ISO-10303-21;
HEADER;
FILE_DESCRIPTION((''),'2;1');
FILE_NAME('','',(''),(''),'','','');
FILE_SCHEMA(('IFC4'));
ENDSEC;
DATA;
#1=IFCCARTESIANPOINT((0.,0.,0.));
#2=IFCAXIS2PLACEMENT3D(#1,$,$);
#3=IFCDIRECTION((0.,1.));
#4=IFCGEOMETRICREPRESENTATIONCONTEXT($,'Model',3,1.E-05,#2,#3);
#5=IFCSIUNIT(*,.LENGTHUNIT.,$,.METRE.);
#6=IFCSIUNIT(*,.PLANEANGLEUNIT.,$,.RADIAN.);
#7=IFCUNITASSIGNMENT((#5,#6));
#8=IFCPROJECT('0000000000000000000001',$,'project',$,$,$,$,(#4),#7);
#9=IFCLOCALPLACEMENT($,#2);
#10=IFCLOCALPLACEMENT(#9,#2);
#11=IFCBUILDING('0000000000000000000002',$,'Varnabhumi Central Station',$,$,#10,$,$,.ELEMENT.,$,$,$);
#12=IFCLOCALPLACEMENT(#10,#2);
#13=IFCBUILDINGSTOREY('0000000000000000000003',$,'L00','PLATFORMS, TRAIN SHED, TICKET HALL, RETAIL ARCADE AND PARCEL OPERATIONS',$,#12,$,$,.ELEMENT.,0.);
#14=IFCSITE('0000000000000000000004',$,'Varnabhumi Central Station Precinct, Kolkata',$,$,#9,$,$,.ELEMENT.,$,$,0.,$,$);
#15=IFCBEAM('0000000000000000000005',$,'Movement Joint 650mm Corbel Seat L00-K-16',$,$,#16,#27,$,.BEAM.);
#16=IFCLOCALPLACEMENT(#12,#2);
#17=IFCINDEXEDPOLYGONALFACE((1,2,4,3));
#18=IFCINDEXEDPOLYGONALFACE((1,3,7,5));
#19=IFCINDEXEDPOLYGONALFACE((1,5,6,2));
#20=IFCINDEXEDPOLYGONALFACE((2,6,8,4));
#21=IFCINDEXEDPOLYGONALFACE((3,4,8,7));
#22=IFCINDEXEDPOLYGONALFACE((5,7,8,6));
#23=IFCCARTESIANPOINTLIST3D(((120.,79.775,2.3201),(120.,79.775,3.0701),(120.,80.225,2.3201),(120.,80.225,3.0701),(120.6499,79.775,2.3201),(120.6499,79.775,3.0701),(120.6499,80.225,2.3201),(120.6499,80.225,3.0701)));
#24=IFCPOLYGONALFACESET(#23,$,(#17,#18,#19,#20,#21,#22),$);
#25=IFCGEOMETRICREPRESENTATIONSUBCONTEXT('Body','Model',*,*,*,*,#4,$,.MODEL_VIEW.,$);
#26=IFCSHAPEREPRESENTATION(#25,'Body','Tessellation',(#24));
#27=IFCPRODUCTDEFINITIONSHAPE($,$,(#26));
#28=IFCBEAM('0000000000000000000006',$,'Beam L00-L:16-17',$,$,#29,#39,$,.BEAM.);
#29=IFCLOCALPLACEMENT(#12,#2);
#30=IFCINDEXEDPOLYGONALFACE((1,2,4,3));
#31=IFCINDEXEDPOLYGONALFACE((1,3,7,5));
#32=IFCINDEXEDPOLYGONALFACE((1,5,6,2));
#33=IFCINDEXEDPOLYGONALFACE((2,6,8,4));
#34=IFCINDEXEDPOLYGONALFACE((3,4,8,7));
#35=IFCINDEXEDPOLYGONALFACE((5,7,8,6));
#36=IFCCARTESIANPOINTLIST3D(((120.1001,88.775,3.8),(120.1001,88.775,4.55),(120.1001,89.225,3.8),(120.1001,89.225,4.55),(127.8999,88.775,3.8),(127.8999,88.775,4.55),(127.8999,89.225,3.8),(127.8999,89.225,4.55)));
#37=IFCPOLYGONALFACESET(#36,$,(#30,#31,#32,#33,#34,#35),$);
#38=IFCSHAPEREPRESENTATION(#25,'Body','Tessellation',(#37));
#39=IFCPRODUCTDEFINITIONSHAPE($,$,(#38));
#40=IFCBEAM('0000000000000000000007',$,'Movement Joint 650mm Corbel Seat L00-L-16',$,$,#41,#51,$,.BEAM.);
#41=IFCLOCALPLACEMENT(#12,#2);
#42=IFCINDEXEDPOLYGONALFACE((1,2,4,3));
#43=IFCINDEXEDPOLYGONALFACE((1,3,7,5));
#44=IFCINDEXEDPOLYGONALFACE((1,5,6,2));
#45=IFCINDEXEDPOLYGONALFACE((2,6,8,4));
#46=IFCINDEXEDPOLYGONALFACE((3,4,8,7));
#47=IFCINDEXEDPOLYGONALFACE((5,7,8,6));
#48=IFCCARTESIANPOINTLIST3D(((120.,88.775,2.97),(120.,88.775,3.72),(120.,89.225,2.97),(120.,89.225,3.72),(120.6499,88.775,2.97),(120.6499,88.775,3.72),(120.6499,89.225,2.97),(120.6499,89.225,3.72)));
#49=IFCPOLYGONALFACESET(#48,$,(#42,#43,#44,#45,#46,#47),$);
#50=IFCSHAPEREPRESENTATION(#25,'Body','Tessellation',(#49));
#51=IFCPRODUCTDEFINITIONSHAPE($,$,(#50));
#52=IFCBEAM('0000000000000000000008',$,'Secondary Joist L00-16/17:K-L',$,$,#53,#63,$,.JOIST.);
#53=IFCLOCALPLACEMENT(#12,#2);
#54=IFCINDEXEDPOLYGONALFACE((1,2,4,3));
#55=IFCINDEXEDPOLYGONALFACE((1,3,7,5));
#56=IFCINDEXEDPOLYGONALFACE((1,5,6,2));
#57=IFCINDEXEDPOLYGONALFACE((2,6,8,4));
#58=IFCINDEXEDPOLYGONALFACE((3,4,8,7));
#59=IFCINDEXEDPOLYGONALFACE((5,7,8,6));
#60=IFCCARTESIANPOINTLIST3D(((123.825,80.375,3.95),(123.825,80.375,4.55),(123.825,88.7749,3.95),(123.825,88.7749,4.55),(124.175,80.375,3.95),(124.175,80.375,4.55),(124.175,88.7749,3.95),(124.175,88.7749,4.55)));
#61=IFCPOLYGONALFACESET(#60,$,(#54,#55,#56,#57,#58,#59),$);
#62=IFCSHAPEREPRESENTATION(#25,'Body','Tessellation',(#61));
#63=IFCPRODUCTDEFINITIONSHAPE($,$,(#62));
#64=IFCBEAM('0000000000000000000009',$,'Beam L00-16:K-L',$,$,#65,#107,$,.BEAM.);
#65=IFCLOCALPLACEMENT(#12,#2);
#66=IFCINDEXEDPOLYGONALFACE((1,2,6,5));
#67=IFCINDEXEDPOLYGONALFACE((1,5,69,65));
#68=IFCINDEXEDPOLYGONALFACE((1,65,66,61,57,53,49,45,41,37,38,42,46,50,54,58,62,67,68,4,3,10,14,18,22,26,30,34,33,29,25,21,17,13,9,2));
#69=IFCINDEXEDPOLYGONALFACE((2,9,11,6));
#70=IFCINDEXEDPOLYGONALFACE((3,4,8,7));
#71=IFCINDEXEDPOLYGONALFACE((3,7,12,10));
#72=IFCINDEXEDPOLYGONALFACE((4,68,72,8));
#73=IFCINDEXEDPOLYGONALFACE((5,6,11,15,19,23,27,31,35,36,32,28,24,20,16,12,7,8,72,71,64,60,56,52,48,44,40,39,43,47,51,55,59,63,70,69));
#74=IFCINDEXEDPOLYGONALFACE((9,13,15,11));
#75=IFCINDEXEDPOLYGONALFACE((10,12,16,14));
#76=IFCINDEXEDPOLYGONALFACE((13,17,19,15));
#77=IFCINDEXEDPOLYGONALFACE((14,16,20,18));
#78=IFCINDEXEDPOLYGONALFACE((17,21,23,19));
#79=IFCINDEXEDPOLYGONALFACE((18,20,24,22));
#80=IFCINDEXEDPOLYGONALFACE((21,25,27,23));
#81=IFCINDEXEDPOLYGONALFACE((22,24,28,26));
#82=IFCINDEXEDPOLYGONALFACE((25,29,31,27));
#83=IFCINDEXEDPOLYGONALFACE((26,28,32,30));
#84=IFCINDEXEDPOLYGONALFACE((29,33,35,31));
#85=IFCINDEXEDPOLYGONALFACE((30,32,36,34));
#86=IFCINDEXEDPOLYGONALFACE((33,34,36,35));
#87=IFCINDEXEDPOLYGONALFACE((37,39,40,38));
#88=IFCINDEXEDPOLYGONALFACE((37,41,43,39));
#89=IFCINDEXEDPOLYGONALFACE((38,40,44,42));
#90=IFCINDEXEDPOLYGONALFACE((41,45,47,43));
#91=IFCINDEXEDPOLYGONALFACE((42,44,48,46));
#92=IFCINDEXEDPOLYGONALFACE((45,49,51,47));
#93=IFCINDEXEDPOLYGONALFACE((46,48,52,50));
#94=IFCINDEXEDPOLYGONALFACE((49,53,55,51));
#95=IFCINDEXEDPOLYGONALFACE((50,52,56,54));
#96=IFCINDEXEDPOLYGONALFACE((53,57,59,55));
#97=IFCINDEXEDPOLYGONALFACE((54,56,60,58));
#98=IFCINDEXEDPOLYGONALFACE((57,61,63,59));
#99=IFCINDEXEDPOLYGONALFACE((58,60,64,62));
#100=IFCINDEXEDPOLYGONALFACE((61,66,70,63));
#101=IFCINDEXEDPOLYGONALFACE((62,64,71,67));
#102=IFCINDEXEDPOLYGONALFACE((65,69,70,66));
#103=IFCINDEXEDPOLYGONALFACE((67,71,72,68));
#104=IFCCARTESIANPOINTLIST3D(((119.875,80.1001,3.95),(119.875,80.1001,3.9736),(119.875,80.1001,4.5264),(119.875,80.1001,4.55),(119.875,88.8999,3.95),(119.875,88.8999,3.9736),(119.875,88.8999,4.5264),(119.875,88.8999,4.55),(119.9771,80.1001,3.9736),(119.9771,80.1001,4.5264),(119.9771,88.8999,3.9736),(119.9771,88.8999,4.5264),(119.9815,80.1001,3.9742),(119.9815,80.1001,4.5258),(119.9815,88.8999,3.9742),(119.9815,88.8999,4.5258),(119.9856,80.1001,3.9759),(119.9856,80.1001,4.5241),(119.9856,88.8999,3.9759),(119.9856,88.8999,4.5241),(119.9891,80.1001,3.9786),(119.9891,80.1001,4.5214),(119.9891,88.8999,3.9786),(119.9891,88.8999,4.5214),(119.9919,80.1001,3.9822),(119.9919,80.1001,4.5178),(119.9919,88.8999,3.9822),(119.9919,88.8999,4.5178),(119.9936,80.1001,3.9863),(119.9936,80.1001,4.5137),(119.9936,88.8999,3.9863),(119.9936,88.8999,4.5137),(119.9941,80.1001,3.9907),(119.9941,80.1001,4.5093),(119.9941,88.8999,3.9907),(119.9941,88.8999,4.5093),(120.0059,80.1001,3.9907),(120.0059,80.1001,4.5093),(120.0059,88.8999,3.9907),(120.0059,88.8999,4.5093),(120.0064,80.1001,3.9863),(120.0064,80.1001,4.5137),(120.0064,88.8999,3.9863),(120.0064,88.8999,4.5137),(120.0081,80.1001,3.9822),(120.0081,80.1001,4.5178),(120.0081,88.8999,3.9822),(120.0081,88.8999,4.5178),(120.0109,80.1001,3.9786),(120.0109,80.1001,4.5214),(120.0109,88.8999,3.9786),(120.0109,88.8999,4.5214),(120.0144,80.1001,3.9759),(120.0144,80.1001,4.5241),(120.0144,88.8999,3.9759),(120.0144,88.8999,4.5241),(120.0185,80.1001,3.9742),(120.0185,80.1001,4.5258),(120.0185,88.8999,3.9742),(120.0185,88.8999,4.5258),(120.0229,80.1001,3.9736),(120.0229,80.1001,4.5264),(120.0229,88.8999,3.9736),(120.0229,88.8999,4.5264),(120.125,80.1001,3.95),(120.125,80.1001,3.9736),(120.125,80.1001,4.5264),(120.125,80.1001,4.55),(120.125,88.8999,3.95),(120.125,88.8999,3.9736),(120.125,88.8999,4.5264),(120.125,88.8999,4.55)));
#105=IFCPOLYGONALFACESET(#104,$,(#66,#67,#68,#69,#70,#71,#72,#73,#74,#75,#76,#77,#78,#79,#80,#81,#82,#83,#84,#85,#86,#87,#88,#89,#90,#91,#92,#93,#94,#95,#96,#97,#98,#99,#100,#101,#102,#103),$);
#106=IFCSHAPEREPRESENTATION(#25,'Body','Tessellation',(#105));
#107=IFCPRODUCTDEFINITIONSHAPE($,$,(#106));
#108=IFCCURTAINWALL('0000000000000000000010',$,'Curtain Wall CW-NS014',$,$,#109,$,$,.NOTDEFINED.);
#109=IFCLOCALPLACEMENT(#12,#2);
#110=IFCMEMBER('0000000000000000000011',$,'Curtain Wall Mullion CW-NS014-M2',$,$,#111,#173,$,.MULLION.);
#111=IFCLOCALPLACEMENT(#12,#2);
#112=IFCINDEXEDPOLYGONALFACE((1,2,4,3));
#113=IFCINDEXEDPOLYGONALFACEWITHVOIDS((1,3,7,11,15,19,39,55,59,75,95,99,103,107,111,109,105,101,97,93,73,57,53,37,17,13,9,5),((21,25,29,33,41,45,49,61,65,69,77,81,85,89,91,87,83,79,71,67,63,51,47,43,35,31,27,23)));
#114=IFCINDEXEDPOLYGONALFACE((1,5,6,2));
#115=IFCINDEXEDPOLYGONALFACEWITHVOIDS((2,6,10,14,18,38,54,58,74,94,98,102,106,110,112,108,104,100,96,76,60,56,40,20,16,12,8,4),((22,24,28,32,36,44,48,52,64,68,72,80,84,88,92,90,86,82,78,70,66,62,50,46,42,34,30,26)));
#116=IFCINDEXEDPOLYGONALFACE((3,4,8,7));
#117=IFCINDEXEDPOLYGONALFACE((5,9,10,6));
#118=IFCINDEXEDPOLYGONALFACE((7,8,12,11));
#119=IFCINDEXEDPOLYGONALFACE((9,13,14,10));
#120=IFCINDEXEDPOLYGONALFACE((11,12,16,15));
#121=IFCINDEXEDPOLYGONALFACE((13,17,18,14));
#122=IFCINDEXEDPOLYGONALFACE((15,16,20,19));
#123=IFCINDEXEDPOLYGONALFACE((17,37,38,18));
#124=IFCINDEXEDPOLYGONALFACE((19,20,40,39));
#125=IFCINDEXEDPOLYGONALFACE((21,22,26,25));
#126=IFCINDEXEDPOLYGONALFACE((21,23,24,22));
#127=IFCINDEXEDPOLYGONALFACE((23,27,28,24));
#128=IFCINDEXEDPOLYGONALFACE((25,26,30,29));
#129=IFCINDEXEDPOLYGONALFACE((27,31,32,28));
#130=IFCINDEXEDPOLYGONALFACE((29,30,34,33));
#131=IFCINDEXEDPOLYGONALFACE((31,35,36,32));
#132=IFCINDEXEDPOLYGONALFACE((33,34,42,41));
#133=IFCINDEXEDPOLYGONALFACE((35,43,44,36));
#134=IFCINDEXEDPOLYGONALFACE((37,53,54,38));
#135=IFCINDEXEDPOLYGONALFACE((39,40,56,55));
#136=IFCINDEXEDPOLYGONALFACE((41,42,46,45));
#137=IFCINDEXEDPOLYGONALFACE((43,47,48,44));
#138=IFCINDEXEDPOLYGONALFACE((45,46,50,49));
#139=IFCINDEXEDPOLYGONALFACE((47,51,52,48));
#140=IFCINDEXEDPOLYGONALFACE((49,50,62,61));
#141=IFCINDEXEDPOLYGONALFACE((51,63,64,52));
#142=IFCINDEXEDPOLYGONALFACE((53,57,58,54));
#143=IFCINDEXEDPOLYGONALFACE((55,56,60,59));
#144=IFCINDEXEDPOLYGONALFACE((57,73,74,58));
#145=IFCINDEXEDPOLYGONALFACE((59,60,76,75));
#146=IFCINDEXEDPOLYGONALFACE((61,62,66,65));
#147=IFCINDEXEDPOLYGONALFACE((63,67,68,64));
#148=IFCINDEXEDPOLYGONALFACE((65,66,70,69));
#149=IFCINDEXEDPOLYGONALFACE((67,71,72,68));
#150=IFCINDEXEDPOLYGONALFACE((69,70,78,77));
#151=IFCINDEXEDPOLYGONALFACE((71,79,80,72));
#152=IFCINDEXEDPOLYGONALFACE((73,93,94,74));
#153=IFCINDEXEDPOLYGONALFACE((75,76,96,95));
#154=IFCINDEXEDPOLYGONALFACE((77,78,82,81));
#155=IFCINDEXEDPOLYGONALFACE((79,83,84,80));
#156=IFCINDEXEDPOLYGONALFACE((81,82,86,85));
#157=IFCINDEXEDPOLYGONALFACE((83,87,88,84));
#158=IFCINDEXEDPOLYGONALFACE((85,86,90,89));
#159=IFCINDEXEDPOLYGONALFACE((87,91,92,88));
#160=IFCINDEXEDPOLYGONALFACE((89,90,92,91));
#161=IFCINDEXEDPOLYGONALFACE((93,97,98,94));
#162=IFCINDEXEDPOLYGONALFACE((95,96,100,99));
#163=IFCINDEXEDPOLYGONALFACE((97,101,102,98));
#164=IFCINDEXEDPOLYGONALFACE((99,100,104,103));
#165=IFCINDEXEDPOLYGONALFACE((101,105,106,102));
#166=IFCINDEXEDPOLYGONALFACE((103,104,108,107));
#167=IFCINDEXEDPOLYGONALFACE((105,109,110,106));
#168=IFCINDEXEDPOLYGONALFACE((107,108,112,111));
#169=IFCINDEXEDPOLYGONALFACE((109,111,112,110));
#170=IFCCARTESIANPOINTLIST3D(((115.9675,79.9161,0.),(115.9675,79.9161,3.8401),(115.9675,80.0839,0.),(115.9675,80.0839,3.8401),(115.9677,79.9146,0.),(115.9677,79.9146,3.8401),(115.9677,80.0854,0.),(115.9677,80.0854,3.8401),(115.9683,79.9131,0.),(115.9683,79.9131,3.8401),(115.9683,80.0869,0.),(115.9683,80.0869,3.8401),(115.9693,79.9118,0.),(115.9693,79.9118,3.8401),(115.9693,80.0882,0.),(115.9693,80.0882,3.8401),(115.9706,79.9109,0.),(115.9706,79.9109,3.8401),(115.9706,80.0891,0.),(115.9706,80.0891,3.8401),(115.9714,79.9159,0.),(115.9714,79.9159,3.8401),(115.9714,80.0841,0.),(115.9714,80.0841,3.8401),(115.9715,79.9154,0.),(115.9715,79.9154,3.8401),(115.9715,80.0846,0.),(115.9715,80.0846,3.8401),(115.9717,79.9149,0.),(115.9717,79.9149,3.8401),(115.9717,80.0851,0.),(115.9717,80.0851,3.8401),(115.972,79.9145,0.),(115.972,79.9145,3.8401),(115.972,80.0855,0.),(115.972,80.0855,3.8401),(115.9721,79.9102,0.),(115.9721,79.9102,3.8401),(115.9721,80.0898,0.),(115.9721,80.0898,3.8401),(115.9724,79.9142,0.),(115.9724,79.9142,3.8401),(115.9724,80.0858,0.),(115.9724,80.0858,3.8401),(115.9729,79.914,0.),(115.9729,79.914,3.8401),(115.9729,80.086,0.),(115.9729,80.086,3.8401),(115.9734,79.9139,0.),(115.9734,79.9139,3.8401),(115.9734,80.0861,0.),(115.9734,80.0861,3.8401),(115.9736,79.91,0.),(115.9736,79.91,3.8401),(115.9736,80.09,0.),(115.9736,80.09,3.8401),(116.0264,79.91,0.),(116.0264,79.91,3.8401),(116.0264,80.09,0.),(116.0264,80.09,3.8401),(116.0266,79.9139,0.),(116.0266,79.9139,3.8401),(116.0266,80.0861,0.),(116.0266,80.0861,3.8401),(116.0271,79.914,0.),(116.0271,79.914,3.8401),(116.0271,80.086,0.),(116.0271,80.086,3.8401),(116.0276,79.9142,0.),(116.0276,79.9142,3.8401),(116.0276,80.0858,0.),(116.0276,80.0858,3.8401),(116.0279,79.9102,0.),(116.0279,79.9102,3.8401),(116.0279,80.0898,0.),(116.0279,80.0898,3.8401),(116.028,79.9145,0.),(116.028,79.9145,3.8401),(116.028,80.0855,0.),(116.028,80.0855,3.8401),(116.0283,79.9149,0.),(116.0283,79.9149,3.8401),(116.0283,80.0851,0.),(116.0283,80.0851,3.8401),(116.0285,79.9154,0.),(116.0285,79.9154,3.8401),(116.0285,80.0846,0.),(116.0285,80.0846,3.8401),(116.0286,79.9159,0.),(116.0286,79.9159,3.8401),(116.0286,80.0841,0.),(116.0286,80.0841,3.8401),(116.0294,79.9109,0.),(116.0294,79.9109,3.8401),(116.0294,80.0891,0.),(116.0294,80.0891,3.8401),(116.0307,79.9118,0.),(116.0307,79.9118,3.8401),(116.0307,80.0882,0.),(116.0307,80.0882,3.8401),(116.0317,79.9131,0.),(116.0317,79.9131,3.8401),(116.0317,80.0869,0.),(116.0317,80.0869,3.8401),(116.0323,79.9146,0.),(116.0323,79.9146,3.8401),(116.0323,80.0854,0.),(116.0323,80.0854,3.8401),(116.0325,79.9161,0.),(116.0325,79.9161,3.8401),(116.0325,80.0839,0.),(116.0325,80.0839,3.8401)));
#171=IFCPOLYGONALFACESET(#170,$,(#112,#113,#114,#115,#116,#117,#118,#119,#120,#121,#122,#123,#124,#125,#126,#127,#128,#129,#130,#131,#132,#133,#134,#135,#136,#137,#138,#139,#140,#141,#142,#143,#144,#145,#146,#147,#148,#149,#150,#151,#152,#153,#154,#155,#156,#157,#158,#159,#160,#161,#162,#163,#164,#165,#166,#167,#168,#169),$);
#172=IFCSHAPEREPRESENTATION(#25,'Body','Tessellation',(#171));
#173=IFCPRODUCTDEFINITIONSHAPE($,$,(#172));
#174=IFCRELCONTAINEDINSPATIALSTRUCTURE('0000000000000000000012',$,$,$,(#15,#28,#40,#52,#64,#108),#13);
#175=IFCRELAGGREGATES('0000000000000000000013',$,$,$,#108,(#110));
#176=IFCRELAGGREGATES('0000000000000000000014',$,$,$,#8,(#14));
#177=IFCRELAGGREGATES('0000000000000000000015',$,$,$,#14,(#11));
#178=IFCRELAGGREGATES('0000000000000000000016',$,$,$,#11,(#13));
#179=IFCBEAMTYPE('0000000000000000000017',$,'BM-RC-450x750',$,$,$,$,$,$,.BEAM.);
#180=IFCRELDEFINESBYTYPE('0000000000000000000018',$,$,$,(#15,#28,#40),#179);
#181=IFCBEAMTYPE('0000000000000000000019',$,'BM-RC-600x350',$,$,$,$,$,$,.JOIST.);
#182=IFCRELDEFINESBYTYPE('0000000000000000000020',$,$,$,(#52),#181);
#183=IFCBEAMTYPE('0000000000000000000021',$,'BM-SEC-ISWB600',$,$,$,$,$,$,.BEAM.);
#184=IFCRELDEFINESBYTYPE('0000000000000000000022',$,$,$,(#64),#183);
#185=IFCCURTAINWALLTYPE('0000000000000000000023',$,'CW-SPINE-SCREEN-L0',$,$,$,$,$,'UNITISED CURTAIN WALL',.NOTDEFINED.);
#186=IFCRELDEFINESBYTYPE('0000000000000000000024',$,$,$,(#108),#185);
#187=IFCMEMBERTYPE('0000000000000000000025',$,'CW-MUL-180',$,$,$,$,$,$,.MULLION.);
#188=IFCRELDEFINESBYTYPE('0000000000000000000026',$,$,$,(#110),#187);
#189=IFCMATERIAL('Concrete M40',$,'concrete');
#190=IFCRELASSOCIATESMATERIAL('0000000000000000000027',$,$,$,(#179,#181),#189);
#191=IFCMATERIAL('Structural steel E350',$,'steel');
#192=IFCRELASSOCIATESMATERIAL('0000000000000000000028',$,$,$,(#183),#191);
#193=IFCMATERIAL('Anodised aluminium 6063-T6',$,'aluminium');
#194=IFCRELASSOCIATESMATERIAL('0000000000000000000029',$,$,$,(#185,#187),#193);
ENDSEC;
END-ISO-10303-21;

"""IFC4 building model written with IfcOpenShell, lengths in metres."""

from ifc_helpers import new_model, si_unit, direction, frame, origin, origin_2d, place, context, subcontext, project, spatial, rectangle, hollow_rectangle, i_section, extrude, material, material_profile, profile_set, type_object, element, aggregate, save


model = new_model("IFC4")

# Units and contexts
model_context = context("Model", 3, precision=1e-05, world=origin(), true_north=direction((0.0, 1.0)))
body_context = subcontext(model_context, "Body", "Model", "MODEL_VIEW")
ifc_project = project(units=[si_unit("LENGTHUNIT", "METRE"), si_unit("PLANEANGLEUNIT", "RADIAN")], contexts=[model_context])

# Site, building, storey
site_placement = place(None, origin())
site = spatial("IfcSite", under=ifc_project, at=site_placement, Name="Varnabhumi Central Station Precinct, Kolkata", CompositionType="ELEMENT", RefElevation=0.0)
building_placement = place(site_placement, origin())
building = spatial("IfcBuilding", under=site, at=building_placement, Name="Varnabhumi Central Station", CompositionType="ELEMENT")
storey_placement = place(building_placement, origin())
storey = spatial("IfcBuildingStorey", under=building, at=storey_placement, Name="L00", Description="PLATFORMS, TRAIN SHED, TICKET HALL, RETAIL ARCADE AND PARCEL OPERATIONS", CompositionType="ELEMENT", Elevation=0.0)

# Shared definitions
ifc_material_1 = material(Name="Concrete M40", Category="concrete")

# Shared definitions
ifc_material_2 = material(Name="Structural steel E350", Category="steel")

# Beams
ifc_material_profile_1 = material_profile(ifc_material_1, rectangle(XDim=0.45, YDim=0.75, at=origin_2d()), Name="Concrete M40", Category="concrete")
ifc_profile_set_1 = profile_set([ifc_material_profile_1], Name="Concrete M40")
beam_type_1 = type_object("IfcBeamType", Name="BM-RC-450x750", PredefinedType="BEAM", material=ifc_profile_set_1)
beam_1_placement = place(storey_placement, frame((120.0, 80.0, 2.6951), z_axis=(1.0, 0.0, 0.0), x_axis=(0.0, 1.0, 0.0)))
element("IfcBeam", 1, at=beam_1_placement, inside=storey, type_object=beam_type_1, Name="Movement Joint 650mm Corbel Seat L00-K-16", PredefinedType="BEAM", context=body_context, shape_type="SweptSolid", body=[
    extrude(rectangle(XDim=0.45, YDim=0.75, at=origin_2d()), origin(), (0.0, 0.0, 1.0), 0.6499),
])
beam_2_placement = place(storey_placement, frame((120.1001, 89.0, 4.175), z_axis=(1.0, 0.0, 0.0), x_axis=(0.0, 1.0, 0.0)))
element("IfcBeam", 2, at=beam_2_placement, inside=storey, type_object=beam_type_1, Name="Beam L00-L:16-17", PredefinedType="BEAM", context=body_context, shape_type="SweptSolid", body=[
    extrude(rectangle(XDim=0.45, YDim=0.75, at=origin_2d()), origin(), (0.0, 0.0, 1.0), 7.7998),
])
beam_3_placement = place(storey_placement, frame((120.0, 89.0, 3.345), z_axis=(1.0, 0.0, 0.0), x_axis=(0.0, 1.0, 0.0)))
element("IfcBeam", 3, at=beam_3_placement, inside=storey, type_object=beam_type_1, Name="Movement Joint 650mm Corbel Seat L00-L-16", PredefinedType="BEAM", context=body_context, shape_type="SweptSolid", body=[
    extrude(rectangle(XDim=0.45, YDim=0.75, at=origin_2d()), origin(), (0.0, 0.0, 1.0), 0.6499),
])
ifc_material_profile_2 = material_profile(ifc_material_1, rectangle(XDim=0.3501, YDim=0.6001, at=origin_2d()), Name="Concrete M40", Category="concrete")
ifc_profile_set_2 = profile_set([ifc_material_profile_2], Name="Concrete M40")
beam_type_2 = type_object("IfcBeamType", Name="BM-RC-600x350", PredefinedType="JOIST", material=ifc_profile_set_2)
beam_4_placement = place(storey_placement, frame((124.0, 80.375, 4.25), z_axis=(0.0, 1.0, 0.0), x_axis=(-1.0, 0.0, 0.0)))
element("IfcBeam", 4, at=beam_4_placement, inside=storey, type_object=beam_type_2, Name="Secondary Joist L00-16/17:K-L", PredefinedType="JOIST", context=body_context, shape_type="SweptSolid", body=[
    extrude(rectangle(XDim=0.3501, YDim=0.6001, at=origin_2d()), origin(), (0.0, 0.0, 1.0), 8.3999),
])
ifc_material_profile_3 = material_profile(ifc_material_2, i_section(OverallWidth=0.25, OverallDepth=0.6001, WebThickness=0.0117, FlangeThickness=0.0237, FilletRadius=0.0171, at=origin_2d()), Name="Structural steel E350", Category="steel")
ifc_profile_set_3 = profile_set([ifc_material_profile_3], Name="Structural steel E350")
beam_type_3 = type_object("IfcBeamType", Name="BM-SEC-ISWB600", PredefinedType="BEAM", material=ifc_profile_set_3)
beam_5_placement = place(storey_placement, frame((120.0, 80.1001, 4.25), z_axis=(0.0, 1.0, 0.0), x_axis=(-1.0, 0.0, 0.0)))
element("IfcBeam", 5, at=beam_5_placement, inside=storey, type_object=beam_type_3, Name="Beam L00-16:K-L", PredefinedType="BEAM", context=body_context, shape_type="SweptSolid", body=[
    extrude(i_section(OverallWidth=0.25, OverallDepth=0.6001, WebThickness=0.0117, FlangeThickness=0.0237, FilletRadius=0.0171, at=origin_2d()), origin(), (0.0, 0.0, 1.0), 8.7998),
])

# Curtain wall, member
ifc_material_3 = material(Name="Anodised aluminium 6063-T6", Category="aluminium")
curtain_wall_type = type_object("IfcCurtainWallType", Name="CW-SPINE-SCREEN-L0", ElementType="UNITISED CURTAIN WALL", PredefinedType="NOTDEFINED", material=ifc_material_3)
curtain_wall_placement = place(storey_placement, origin())
curtain_wall = element("IfcCurtainWall", 6, at=curtain_wall_placement, inside=storey, type_object=curtain_wall_type, Name="Curtain Wall CW-NS014", PredefinedType="NOTDEFINED")
ifc_material_profile_4 = material_profile(ifc_material_3, hollow_rectangle(XDim=0.0649, YDim=0.1799, WallThickness=0.0039, InnerFilletRadius=0.002, OuterFilletRadius=0.0061, at=origin_2d()), Name="Anodised aluminium 6063-T6", Category="aluminium")
ifc_profile_set_4 = profile_set([ifc_material_profile_4], Name="Anodised aluminium 6063-T6")
member_type = type_object("IfcMemberType", Name="CW-MUL-180", PredefinedType="MULLION", material=ifc_profile_set_4)
member_1_placement = place(storey_placement, frame((116.0, 80.0, 0.0), z_axis=(0.0, 0.0, 1.0), x_axis=(1.0, 0.0, 0.0)))
member_1 = element("IfcMember", 7, at=member_1_placement, type_object=member_type, Name="Curtain Wall Mullion CW-NS014-M2", PredefinedType="MULLION", context=body_context, shape_type="SweptSolid", body=[
    extrude(hollow_rectangle(XDim=0.0649, YDim=0.1799, WallThickness=0.0039, InnerFilletRadius=0.002, OuterFilletRadius=0.0061, at=origin_2d()), origin(), (0.0, 0.0, 1.0), 3.8401),
])
aggregate(curtain_wall, [member_1])

save(model, "model.ifc")
